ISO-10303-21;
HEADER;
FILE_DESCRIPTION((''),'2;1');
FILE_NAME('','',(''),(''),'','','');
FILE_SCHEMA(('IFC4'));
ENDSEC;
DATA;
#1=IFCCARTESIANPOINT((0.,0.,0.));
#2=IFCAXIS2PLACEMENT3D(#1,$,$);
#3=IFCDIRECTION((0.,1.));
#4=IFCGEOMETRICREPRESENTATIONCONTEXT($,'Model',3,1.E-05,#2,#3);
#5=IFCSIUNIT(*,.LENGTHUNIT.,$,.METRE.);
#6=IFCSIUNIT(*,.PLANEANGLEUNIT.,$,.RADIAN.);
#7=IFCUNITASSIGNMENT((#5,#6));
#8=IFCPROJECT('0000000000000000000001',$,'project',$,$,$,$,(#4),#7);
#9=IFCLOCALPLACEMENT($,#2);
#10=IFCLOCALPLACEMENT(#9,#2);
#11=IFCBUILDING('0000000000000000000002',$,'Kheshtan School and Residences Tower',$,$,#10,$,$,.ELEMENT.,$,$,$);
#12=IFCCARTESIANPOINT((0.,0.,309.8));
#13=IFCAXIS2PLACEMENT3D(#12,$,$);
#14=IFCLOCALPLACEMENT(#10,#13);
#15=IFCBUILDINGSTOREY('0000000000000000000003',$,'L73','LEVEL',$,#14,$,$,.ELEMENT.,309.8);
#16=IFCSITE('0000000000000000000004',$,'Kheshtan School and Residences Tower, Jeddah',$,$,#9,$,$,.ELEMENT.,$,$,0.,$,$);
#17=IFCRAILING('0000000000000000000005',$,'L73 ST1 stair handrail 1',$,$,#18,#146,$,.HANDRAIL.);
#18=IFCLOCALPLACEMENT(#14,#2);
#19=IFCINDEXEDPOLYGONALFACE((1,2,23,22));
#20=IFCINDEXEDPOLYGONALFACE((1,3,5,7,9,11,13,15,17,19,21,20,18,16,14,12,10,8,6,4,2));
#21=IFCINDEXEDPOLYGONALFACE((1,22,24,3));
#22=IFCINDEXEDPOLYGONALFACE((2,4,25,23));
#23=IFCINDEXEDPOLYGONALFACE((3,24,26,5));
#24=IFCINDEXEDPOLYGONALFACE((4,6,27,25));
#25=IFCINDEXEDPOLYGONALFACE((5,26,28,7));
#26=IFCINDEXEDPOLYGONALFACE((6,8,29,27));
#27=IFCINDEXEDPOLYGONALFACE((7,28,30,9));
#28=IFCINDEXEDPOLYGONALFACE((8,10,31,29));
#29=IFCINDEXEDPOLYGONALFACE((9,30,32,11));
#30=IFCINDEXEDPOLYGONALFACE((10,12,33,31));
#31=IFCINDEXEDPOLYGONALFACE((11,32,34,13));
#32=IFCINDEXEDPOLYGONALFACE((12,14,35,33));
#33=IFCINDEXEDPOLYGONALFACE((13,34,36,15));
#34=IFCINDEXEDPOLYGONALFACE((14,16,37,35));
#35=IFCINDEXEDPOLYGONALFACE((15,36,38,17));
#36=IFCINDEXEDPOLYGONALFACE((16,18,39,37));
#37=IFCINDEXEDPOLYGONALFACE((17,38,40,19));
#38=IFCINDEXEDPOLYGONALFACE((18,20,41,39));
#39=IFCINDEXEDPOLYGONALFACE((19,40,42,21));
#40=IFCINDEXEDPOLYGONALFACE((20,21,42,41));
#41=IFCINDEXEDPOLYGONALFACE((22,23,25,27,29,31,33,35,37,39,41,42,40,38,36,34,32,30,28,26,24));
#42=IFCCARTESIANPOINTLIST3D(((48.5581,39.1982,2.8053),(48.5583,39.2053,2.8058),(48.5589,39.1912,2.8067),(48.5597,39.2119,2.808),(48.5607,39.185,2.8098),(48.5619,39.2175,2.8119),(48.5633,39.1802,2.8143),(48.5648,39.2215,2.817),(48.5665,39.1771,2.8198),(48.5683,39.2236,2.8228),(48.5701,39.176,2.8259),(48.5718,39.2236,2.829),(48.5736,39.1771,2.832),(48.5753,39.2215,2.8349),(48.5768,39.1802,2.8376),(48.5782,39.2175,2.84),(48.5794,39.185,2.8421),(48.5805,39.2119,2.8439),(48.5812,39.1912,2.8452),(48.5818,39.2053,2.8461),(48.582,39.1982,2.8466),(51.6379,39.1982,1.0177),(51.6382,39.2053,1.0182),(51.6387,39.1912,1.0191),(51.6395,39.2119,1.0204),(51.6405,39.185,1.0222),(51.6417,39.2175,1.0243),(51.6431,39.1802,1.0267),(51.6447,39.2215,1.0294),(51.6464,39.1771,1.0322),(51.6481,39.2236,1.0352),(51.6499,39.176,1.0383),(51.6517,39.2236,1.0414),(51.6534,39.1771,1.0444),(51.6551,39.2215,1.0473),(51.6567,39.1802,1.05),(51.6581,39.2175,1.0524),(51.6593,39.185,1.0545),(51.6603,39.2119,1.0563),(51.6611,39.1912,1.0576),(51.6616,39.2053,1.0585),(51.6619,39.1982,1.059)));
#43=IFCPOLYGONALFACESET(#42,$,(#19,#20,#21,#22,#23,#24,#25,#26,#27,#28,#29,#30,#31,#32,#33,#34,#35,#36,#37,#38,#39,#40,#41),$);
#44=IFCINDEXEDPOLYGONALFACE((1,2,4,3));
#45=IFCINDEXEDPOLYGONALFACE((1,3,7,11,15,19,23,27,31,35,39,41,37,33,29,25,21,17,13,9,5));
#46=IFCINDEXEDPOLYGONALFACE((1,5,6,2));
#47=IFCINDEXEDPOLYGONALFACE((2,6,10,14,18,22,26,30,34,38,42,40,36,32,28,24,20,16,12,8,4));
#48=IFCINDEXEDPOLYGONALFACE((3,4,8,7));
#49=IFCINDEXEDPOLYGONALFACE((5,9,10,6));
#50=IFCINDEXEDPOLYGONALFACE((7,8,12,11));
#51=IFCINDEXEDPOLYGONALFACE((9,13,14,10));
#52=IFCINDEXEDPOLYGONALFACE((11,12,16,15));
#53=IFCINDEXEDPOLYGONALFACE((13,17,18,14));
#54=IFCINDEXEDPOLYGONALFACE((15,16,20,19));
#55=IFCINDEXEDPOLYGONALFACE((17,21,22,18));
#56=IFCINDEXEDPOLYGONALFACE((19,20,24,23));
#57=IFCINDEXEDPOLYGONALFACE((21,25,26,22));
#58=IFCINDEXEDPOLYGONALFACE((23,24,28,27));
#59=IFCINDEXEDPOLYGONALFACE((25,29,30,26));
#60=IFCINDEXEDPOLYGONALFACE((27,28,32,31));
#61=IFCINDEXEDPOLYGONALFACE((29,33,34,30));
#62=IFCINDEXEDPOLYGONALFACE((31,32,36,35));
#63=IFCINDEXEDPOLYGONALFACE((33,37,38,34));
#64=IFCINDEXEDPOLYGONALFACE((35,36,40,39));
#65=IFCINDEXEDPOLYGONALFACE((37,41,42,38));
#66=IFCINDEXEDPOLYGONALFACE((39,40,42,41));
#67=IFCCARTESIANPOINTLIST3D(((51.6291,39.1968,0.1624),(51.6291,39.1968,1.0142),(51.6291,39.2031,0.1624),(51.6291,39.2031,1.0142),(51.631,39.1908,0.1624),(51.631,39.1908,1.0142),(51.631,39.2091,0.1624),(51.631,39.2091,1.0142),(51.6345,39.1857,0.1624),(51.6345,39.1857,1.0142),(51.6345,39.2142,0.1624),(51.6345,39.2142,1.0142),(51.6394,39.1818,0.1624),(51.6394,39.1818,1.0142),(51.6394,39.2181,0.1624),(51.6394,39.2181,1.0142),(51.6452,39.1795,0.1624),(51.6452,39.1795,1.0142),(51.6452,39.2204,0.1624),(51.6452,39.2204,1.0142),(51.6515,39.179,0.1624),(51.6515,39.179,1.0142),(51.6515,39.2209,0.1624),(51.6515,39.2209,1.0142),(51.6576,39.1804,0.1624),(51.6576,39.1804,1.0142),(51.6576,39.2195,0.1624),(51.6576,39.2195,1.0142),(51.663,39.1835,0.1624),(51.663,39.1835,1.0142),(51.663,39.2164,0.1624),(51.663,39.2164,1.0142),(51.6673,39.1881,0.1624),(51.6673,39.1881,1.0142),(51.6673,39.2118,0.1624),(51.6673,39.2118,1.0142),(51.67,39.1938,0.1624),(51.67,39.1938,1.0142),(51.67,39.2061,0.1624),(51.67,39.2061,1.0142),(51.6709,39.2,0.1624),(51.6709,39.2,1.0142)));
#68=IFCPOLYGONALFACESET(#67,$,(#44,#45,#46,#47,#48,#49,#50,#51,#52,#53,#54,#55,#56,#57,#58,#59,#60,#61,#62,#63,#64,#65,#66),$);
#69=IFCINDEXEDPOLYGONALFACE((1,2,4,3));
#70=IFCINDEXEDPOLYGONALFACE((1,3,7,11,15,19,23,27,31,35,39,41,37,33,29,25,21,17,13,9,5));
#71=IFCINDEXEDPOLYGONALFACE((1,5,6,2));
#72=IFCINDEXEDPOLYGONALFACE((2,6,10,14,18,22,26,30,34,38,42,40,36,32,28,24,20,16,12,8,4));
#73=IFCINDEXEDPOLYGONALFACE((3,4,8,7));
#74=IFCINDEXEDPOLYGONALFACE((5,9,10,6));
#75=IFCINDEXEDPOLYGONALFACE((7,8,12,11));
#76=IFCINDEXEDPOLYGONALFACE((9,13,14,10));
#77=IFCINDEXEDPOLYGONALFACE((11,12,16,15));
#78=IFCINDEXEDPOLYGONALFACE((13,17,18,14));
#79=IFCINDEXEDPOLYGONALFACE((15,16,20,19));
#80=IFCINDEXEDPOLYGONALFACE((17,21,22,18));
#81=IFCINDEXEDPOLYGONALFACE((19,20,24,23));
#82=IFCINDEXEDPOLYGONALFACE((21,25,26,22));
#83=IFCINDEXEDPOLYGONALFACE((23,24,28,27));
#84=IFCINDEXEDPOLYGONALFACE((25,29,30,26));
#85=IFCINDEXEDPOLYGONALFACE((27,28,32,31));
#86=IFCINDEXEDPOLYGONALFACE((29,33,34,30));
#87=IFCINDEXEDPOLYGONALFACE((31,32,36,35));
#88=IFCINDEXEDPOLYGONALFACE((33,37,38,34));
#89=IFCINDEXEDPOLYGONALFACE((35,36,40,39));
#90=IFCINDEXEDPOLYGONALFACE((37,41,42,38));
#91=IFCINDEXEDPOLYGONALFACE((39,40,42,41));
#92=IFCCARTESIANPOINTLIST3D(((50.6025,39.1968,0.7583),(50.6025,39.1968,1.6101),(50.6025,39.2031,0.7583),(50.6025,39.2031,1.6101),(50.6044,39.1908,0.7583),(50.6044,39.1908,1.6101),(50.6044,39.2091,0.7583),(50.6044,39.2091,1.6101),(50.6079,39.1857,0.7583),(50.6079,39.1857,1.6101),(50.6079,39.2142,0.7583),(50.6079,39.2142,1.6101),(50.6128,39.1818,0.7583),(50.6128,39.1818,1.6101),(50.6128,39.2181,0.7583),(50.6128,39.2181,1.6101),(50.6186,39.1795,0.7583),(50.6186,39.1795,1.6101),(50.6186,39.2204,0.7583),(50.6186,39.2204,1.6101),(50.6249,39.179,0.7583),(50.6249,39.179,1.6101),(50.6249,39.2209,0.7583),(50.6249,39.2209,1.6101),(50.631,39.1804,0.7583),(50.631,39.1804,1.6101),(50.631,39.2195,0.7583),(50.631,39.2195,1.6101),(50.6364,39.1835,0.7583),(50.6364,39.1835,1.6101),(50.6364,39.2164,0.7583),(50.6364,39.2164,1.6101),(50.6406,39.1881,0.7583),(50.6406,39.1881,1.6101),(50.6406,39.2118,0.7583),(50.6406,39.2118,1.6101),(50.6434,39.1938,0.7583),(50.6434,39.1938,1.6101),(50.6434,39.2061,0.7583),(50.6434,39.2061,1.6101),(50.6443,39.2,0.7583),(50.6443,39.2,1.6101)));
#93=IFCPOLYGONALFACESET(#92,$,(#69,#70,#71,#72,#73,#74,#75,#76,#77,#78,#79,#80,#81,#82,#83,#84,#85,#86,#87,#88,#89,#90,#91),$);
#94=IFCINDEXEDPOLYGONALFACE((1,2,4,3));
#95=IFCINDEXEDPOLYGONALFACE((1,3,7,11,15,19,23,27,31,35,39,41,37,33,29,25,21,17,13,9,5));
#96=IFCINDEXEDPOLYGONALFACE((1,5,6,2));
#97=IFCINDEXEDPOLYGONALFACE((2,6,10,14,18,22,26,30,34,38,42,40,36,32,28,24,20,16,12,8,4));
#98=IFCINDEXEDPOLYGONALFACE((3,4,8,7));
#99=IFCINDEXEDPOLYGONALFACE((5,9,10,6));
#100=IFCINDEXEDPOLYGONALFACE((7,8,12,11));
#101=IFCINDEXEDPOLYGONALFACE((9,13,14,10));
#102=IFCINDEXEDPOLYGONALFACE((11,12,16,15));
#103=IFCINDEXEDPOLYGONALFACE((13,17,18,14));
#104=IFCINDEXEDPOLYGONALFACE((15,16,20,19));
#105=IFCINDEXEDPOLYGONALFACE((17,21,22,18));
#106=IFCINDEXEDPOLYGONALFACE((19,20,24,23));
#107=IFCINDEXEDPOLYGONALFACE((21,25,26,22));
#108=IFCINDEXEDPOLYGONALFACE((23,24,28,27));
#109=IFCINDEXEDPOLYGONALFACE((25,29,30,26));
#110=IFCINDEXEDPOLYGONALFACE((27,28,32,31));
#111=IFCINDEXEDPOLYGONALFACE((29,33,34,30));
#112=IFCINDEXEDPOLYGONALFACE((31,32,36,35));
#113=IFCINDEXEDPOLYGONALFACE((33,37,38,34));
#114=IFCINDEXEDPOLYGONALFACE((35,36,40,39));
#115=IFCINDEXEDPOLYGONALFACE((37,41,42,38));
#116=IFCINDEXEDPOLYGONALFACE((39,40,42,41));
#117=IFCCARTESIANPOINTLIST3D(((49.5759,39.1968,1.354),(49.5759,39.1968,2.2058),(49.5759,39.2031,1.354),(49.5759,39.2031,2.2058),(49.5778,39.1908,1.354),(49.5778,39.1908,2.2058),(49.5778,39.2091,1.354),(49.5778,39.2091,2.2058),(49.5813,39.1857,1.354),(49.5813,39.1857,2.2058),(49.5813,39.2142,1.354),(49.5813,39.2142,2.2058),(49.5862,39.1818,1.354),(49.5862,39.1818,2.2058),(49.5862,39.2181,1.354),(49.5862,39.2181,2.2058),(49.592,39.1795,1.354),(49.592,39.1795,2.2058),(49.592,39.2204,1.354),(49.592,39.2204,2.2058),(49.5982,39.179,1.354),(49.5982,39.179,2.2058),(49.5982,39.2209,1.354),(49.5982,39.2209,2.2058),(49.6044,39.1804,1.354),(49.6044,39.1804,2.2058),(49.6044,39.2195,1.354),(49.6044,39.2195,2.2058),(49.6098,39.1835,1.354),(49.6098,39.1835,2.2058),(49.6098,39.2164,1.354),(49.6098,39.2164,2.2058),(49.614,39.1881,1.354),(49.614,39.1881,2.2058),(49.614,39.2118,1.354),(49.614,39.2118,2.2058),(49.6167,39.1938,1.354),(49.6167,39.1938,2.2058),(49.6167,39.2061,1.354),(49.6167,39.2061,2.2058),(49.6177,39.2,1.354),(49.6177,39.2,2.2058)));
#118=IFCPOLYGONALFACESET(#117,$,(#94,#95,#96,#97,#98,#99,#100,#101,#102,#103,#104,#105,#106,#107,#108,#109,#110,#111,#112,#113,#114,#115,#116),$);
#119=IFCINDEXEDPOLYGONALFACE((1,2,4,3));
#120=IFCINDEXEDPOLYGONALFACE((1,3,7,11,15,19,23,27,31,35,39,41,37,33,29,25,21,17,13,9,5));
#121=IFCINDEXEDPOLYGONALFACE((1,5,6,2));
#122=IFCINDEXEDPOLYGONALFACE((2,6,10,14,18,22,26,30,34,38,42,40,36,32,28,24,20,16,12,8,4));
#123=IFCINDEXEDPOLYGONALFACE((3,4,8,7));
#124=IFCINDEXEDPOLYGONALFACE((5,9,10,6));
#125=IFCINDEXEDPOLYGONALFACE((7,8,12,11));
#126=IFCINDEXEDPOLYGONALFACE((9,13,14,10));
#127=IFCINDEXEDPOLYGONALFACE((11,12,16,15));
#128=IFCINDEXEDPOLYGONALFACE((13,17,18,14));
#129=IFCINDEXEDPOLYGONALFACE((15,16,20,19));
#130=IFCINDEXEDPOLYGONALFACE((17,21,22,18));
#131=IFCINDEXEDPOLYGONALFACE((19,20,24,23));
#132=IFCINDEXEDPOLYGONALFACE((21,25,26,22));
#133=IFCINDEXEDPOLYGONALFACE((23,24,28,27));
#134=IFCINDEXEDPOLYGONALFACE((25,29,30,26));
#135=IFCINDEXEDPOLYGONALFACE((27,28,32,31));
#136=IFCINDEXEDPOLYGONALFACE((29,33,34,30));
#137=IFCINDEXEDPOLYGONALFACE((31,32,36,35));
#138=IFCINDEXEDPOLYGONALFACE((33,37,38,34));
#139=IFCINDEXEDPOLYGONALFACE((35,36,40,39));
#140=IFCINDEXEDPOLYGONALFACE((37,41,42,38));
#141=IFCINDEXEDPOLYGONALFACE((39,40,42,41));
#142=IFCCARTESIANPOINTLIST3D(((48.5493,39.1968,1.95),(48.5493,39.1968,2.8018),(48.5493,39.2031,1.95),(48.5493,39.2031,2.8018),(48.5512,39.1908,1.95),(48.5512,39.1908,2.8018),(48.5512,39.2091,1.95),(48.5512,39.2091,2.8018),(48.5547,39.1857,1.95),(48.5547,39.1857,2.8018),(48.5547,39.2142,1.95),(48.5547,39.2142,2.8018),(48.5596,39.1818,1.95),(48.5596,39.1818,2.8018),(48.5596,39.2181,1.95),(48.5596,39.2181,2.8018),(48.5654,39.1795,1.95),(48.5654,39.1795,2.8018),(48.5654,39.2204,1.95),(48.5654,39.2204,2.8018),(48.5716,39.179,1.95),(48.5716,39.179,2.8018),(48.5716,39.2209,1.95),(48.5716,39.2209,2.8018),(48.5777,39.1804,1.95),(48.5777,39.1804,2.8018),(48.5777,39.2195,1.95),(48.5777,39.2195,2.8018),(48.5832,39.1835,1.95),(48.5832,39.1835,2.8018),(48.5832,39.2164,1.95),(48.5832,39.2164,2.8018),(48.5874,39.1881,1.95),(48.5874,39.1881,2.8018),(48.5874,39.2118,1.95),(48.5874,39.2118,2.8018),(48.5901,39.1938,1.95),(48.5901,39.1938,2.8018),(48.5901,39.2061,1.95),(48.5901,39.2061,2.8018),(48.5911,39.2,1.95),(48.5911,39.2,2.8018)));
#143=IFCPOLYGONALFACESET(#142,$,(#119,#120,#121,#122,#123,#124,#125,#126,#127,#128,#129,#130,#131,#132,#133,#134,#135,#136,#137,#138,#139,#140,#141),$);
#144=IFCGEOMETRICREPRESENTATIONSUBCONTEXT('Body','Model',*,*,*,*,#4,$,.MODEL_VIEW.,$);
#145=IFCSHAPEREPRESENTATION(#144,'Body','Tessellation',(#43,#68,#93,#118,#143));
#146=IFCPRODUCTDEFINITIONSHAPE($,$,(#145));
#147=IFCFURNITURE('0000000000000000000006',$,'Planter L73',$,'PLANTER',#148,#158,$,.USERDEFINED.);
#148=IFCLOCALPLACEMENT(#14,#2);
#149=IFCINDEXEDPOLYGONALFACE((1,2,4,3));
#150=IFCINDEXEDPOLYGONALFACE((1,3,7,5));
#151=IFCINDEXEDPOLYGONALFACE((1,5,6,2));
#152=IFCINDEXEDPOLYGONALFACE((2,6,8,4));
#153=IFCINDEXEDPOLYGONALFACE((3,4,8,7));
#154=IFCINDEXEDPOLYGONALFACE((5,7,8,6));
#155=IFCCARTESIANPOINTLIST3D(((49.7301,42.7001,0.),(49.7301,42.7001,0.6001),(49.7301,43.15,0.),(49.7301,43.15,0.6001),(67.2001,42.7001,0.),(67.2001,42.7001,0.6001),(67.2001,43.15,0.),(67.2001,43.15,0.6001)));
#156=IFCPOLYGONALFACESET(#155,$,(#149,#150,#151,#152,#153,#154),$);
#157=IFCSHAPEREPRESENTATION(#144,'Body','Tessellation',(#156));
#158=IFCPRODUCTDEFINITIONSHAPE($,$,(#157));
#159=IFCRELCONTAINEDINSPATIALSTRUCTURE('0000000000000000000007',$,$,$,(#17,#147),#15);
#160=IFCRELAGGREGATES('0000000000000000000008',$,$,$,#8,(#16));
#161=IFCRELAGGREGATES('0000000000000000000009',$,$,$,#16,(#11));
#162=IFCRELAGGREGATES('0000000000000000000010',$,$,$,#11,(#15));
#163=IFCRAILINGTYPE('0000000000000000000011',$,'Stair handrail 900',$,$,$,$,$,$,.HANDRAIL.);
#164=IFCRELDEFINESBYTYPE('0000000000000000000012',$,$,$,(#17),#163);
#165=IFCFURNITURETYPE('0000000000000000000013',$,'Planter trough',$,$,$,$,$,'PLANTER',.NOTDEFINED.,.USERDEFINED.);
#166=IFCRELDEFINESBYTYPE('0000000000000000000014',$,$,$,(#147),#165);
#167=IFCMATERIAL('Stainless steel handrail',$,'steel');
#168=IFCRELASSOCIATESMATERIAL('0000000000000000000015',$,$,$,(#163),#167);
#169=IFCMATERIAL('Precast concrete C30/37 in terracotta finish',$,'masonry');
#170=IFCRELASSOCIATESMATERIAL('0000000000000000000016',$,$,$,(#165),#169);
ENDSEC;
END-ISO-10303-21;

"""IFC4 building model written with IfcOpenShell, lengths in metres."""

from ifc_helpers import new_model, si_unit, direction, frame, origin, origin_2d, place, context, subcontext, project, spatial, rectangle, circle, extrude, material, type_object, element, save


model = new_model("IFC4")

# Units and contexts
model_context = context("Model", 3, precision=1e-05, world=origin(), true_north=direction((0.0, 1.0)))
body_context = subcontext(model_context, "Body", "Model", "MODEL_VIEW")
ifc_project = project(units=[si_unit("LENGTHUNIT", "METRE"), si_unit("PLANEANGLEUNIT", "RADIAN")], contexts=[model_context])

# Site, building, storey
site_placement = place(None, origin())
site = spatial("IfcSite", under=ifc_project, at=site_placement, Name="Kheshtan School and Residences Tower, Jeddah", CompositionType="ELEMENT", RefElevation=0.0)
building_placement = place(site_placement, origin())
building = spatial("IfcBuilding", under=site, at=building_placement, Name="Kheshtan School and Residences Tower", CompositionType="ELEMENT")
storey_placement = place(building_placement, frame((0.0, 0.0, 309.8)))
storey = spatial("IfcBuildingStorey", under=building, at=storey_placement, Name="L73", Description="LEVEL", CompositionType="ELEMENT", Elevation=309.8)

# Railing
ifc_material_1 = material(Name="Stainless steel handrail", Category="steel")
railing_type_1 = type_object("IfcRailingType", Name="Stair handrail 900", PredefinedType="HANDRAIL", material=ifc_material_1)
railing_1_placement = place(storey_placement, frame((51.6499, 39.2, 0.1624)))
element("IfcRailing", 1, at=railing_1_placement, inside=storey, type_object=railing_type_1, Name="L73 ST1 stair handrail 1", PredefinedType="HANDRAIL", context=body_context, shape_type="SweptSolid", body=[
    extrude(circle(Radius=0.0239, at=origin_2d()), frame((0.0, 0.0, 0.876), z_axis=(-0.864873, 0.0, 0.50199), x_axis=(0.0, -1.0, 0.0)), (0.0, 0.0, 1.0), 3.561),
    extrude(circle(Radius=0.021, at=origin_2d()), origin(), (0.0, 0.0, 1.0), 0.8518),
    extrude(circle(Radius=0.021, at=origin_2d()), frame((-1.0266, 0.0, 0.5959)), (0.0, 0.0, 1.0), 0.8518),
    extrude(circle(Radius=0.021, at=origin_2d()), frame((-2.0532, 0.0, 1.1917)), (0.0, 0.0, 1.0), 0.8518),
    extrude(circle(Radius=0.021, at=origin_2d()), frame((-3.0798, 0.0, 1.7876)), (0.0, 0.0, 1.0), 0.8518),
])

# Furniture
ifc_material_2 = material(Name="Precast concrete C30/37 in terracotta finish", Category="masonry")
furniture_type = type_object("IfcFurnitureType", Name="Planter trough", ElementType="PLANTER", AssemblyPlace="NOTDEFINED", PredefinedType="USERDEFINED", material=ifc_material_2)
furniture_placement = place(storey_placement, frame((58.4651, 42.925, 0.0), z_axis=(0.0, 0.0, 1.0), x_axis=(1.0, 0.0, 0.0)))
element("IfcFurniture", 2, at=furniture_placement, inside=storey, type_object=furniture_type, Name="Planter L73", ObjectType="PLANTER", PredefinedType="USERDEFINED", context=body_context, shape_type="SweptSolid", body=[
    extrude(rectangle(XDim=17.47, YDim=0.45, at=origin_2d()), origin(), (0.0, 0.0, 1.0), 0.6001),
])

save(model, "model.ifc")
